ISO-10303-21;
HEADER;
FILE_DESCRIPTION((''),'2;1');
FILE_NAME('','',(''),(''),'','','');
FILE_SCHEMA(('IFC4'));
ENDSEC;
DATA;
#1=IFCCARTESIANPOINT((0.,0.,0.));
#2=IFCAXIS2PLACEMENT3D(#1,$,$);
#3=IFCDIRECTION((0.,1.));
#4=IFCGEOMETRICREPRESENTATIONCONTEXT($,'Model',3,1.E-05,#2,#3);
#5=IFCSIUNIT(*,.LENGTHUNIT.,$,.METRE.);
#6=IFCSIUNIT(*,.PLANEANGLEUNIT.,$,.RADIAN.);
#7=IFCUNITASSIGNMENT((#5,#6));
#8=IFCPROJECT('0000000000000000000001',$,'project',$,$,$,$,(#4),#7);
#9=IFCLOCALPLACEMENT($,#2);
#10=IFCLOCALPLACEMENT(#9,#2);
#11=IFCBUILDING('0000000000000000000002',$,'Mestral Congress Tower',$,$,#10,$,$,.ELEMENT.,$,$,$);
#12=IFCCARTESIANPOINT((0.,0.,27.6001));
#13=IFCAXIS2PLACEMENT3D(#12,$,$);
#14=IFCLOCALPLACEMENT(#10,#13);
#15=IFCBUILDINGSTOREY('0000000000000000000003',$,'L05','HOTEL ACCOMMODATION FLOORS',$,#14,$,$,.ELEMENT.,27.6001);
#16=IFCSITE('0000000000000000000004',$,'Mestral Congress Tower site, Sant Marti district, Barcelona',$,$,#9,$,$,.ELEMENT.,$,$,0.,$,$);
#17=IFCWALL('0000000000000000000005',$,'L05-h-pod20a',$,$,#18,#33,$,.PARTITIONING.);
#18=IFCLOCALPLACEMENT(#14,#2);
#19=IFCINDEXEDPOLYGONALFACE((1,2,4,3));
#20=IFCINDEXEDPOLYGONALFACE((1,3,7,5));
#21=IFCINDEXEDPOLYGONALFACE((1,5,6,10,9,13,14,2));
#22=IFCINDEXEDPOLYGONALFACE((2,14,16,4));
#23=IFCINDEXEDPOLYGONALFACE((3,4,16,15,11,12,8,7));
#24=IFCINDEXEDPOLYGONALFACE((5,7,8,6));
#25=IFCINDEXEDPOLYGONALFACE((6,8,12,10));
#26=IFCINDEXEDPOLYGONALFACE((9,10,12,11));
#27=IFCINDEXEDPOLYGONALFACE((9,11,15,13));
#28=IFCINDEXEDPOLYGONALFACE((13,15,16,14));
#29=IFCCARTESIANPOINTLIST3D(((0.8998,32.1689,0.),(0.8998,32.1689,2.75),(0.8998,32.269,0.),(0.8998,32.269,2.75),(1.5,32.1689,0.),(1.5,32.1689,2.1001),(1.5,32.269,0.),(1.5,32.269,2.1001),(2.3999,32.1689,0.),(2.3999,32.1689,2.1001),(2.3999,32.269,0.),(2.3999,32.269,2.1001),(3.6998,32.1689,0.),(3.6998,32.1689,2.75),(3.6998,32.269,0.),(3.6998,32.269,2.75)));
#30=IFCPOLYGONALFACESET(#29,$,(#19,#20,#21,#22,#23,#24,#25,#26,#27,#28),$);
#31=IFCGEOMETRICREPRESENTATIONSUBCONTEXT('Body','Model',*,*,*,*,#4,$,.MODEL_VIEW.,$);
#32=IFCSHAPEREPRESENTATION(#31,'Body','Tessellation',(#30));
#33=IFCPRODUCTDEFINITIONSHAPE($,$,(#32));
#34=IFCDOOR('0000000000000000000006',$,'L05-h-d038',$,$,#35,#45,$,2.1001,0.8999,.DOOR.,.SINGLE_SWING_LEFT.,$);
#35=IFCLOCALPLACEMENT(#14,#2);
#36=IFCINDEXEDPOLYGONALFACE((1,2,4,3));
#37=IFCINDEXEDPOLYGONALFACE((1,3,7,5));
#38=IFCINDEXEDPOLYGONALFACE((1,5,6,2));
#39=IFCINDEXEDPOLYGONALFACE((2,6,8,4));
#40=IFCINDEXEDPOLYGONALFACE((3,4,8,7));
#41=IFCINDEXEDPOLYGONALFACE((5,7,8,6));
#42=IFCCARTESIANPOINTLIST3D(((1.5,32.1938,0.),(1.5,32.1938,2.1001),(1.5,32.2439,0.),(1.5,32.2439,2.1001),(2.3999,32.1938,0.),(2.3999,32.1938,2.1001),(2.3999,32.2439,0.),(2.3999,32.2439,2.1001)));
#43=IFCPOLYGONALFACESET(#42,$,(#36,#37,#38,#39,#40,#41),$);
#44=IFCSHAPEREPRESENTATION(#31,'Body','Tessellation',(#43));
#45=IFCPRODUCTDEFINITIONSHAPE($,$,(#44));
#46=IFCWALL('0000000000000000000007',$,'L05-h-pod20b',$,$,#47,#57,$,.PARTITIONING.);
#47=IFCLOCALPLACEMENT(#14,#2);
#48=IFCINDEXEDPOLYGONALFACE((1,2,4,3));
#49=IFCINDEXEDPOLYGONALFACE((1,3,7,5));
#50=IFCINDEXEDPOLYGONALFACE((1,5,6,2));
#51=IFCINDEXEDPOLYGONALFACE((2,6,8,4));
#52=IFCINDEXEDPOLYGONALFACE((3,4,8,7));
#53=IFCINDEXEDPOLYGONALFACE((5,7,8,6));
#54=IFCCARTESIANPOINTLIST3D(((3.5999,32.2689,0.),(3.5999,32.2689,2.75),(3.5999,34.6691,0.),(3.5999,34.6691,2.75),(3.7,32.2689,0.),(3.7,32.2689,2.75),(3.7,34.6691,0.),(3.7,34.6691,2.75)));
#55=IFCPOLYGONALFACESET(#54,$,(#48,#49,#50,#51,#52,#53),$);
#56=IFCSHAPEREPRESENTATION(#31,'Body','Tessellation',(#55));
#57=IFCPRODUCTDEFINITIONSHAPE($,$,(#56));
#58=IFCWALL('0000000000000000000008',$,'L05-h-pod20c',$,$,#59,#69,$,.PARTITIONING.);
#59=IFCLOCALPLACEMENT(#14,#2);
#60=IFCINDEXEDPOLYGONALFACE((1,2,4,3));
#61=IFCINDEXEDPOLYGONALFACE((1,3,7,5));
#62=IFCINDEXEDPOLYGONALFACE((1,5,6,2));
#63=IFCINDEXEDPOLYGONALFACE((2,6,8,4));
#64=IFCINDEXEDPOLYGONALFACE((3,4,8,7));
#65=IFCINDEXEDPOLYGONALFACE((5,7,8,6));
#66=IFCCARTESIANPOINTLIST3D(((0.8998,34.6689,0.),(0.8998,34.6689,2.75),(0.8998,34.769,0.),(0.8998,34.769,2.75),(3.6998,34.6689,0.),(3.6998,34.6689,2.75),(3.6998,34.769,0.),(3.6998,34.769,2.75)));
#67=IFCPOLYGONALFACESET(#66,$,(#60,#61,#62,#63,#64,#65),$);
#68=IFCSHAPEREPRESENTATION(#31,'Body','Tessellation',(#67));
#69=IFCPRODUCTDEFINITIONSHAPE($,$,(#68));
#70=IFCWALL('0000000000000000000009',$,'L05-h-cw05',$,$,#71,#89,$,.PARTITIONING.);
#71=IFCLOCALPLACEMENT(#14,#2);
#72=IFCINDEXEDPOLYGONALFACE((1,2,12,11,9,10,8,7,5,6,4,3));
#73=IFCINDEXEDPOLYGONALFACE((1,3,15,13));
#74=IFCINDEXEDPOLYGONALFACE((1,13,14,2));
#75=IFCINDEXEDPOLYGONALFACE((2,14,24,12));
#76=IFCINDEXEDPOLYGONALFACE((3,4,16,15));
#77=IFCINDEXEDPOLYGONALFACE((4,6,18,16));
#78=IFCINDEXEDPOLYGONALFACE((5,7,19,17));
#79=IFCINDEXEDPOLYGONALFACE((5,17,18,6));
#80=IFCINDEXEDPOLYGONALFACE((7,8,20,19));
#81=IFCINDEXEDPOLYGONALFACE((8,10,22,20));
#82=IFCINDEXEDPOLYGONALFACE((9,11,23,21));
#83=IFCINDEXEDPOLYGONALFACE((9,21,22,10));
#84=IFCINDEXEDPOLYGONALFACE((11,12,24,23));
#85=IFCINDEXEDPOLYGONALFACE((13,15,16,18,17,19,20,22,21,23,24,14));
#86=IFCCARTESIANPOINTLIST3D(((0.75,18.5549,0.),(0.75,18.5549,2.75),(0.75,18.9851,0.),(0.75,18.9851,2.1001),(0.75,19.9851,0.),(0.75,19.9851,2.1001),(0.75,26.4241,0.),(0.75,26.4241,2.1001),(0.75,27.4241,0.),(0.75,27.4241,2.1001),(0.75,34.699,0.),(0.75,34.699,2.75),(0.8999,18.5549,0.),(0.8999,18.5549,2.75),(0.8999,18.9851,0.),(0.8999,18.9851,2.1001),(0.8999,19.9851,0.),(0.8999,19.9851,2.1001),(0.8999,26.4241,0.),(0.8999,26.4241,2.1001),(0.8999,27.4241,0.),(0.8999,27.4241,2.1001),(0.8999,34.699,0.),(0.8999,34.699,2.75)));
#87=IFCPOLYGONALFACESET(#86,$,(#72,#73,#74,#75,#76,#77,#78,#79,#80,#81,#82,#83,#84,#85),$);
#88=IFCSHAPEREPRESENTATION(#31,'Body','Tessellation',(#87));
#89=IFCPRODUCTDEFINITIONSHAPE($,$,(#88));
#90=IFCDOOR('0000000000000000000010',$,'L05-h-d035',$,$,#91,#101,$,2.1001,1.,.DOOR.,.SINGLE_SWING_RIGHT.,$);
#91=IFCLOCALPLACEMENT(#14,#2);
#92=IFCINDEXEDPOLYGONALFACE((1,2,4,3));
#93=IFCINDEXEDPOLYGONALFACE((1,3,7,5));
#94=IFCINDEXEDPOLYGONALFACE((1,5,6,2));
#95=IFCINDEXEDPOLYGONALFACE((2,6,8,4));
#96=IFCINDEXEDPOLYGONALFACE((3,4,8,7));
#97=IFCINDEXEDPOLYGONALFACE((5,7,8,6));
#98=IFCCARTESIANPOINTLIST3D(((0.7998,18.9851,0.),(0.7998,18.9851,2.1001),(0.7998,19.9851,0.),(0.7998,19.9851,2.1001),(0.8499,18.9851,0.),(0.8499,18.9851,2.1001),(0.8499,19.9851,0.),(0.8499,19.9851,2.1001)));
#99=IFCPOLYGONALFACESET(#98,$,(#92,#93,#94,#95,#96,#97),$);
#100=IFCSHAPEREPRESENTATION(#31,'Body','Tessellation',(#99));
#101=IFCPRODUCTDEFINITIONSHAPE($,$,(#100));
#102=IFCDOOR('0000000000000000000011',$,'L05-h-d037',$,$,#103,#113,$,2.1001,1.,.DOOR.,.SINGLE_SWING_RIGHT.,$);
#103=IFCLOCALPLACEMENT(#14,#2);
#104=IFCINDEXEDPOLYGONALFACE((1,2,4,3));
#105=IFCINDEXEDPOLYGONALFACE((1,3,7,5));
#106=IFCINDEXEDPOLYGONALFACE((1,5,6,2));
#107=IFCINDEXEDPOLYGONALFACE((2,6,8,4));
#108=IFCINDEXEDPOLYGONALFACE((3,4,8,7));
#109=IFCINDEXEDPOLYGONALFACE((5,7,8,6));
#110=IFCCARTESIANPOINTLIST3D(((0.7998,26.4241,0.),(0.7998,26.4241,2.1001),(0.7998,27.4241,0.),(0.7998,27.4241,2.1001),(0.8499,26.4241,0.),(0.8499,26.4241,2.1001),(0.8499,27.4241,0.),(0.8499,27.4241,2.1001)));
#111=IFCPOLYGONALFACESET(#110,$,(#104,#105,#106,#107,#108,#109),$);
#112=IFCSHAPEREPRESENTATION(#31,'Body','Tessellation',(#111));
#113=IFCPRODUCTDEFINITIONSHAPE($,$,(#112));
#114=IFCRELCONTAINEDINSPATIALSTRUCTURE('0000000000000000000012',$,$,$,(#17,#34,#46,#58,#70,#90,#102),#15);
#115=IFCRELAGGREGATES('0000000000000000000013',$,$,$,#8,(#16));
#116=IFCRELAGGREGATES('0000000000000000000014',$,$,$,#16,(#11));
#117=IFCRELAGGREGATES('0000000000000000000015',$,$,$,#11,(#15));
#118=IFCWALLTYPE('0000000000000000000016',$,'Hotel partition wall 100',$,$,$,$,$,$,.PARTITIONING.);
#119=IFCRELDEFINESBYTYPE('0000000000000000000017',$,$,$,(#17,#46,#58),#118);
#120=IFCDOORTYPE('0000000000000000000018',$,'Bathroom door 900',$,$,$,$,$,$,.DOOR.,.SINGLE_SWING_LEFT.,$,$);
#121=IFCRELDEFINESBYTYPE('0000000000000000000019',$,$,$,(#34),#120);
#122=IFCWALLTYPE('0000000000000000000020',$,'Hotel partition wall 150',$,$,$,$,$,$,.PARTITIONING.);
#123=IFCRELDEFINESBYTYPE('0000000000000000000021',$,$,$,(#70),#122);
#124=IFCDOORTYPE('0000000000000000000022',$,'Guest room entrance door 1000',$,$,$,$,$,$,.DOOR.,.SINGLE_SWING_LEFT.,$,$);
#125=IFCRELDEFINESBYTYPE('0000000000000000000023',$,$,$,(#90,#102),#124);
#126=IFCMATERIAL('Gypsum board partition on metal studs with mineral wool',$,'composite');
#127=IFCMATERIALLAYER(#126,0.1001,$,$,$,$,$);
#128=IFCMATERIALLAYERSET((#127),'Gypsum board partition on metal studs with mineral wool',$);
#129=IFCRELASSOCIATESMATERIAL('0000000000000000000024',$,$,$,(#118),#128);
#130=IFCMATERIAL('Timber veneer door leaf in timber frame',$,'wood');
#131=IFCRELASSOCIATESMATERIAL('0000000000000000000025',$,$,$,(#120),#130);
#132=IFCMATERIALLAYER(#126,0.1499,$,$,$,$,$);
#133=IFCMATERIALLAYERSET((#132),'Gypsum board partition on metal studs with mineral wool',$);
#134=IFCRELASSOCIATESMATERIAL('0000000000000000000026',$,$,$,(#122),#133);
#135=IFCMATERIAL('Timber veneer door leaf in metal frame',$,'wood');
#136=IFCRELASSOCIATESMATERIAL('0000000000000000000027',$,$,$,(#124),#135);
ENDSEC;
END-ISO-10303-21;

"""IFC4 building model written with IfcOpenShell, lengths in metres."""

from ifc_helpers import new_model, si_unit, direction, frame, frame_2d, origin, place, context, subcontext, project, spatial, rectangle, extrude, material, layer, layer_set, type_object, element, fill, save


model = new_model("IFC4")

# Units and contexts
model_context = context("Model", 3, precision=1e-05, world=origin(), true_north=direction((0.0, 1.0)))
body_context = subcontext(model_context, "Body", "Model", "MODEL_VIEW")
ifc_project = project(units=[si_unit("LENGTHUNIT", "METRE"), si_unit("PLANEANGLEUNIT", "RADIAN")], contexts=[model_context])

# Site, building, storey
site_placement = place(None, origin())
site = spatial("IfcSite", under=ifc_project, at=site_placement, Name="Mestral Congress Tower site, Sant Marti district, Barcelona", CompositionType="ELEMENT", RefElevation=0.0)
building_placement = place(site_placement, origin())
building = spatial("IfcBuilding", under=site, at=building_placement, Name="Mestral Congress Tower", CompositionType="ELEMENT")
storey_placement = place(building_placement, frame((0.0, 0.0, 27.6001)))
storey = spatial("IfcBuildingStorey", under=building, at=storey_placement, Name="L05", Description="HOTEL ACCOMMODATION FLOORS", CompositionType="ELEMENT", Elevation=27.6001)

# Wall, opening, door
ifc_material_1 = material(Name="Gypsum board partition on metal studs with mineral wool", Category="composite")
ifc_layer_1 = layer(ifc_material_1, 0.1001)
ifc_layer_set_1 = layer_set([ifc_layer_1], Name="Gypsum board partition on metal studs with mineral wool")
wall_type_1 = type_object("IfcWallType", Name="Hotel partition wall 100", PredefinedType="PARTITIONING", material=ifc_layer_set_1)
wall_1_placement = place(storey_placement, frame((0.8999, 32.219, 0.0), z_axis=(0.0, 0.0, 1.0), x_axis=(1.0, 0.0, 0.0)))
wall_1 = element("IfcWall", 1, at=wall_1_placement, inside=storey, type_object=wall_type_1, Name="L05-h-pod20a", PredefinedType="PARTITIONING", context=body_context, shape_type="SweptSolid", body=[
    extrude(rectangle(XDim=2.8, YDim=0.1001, at=frame_2d((1.3999, 0.0))), origin(), (0.0, 0.0, 1.0), 2.75),
])
opening_1_placement = place(wall_1_placement, frame((0.6001, 0.0, 0.0)))
opening_1 = element("IfcOpeningElement", 2, at=opening_1_placement, cuts=wall_1, PredefinedType="OPENING", context=body_context, shape_type="SweptSolid", body=[
    extrude(rectangle(XDim=0.8999, YDim=2.1001, at=frame_2d((0.45, 1.05))), frame((0.0, 0.0601, 0.0), z_axis=(0.0, -1.0, 0.0), x_axis=(1.0, 0.0, 0.0)), (0.0, 0.0, 1.0), 0.1201),
])
ifc_material_2 = material(Name="Timber veneer door leaf in timber frame", Category="wood")
door_type_1 = type_object("IfcDoorType", Name="Bathroom door 900", OperationType="SINGLE_SWING_LEFT", PredefinedType="DOOR", material=ifc_material_2)
door_1_placement = place(opening_1_placement, origin())
door_1 = element("IfcDoor", 3, at=door_1_placement, inside=storey, type_object=door_type_1, Name="L05-h-d038", OperationType="SINGLE_SWING_LEFT", OverallHeight=2.1001, OverallWidth=0.8999, PredefinedType="DOOR", context=body_context, shape_type="SweptSolid", body=[
    extrude(rectangle(XDim=0.8999, YDim=2.1001, at=frame_2d((0.45, 1.05))), frame((0.0, 0.0249, 0.0), z_axis=(0.0, -1.0, 0.0), x_axis=(1.0, 0.0, 0.0)), (0.0, 0.0, 1.0), 0.05),
])
fill(opening_1, door_1)

# Walls
wall_2_placement = place(storey_placement, frame((3.6499, 32.2688, 0.0), z_axis=(0.0, 0.0, 1.0), x_axis=(0.0, 1.0, 0.0)))
element("IfcWall", 4, at=wall_2_placement, inside=storey, type_object=wall_type_1, Name="L05-h-pod20b", PredefinedType="PARTITIONING", context=body_context, shape_type="SweptSolid", body=[
    extrude(rectangle(XDim=2.4001, YDim=0.1001, at=frame_2d((1.2002, 0.0))), origin(), (0.0, 0.0, 1.0), 2.75),
])
wall_3_placement = place(storey_placement, frame((0.8999, 34.719, 0.0), z_axis=(0.0, 0.0, 1.0), x_axis=(1.0, 0.0, 0.0)))
element("IfcWall", 5, at=wall_3_placement, inside=storey, type_object=wall_type_1, Name="L05-h-pod20c", PredefinedType="PARTITIONING", context=body_context, shape_type="SweptSolid", body=[
    extrude(rectangle(XDim=2.8, YDim=0.1001, at=frame_2d((1.3999, 0.0))), origin(), (0.0, 0.0, 1.0), 2.75),
])

# Wall, openings, doors
ifc_layer_2 = layer(ifc_material_1, 0.1499)
ifc_layer_set_2 = layer_set([ifc_layer_2], Name="Gypsum board partition on metal studs with mineral wool")
wall_type_2 = type_object("IfcWallType", Name="Hotel partition wall 150", PredefinedType="PARTITIONING", material=ifc_layer_set_2)
wall_4_placement = place(storey_placement, frame((0.825, 34.699, 0.0), z_axis=(0.0, 0.0, 1.0), x_axis=(0.0, -1.0, 0.0)))
wall_4 = element("IfcWall", 6, at=wall_4_placement, inside=storey, type_object=wall_type_2, Name="L05-h-cw05", PredefinedType="PARTITIONING", context=body_context, shape_type="SweptSolid", body=[
    extrude(rectangle(XDim=16.144, YDim=0.1499, at=frame_2d((8.072, 0.0))), origin(), (0.0, 0.0, 1.0), 2.75),
])
opening_2_placement = place(wall_4_placement, frame((14.7139, 0.0, 0.0)))
opening_2 = element("IfcOpeningElement", 7, at=opening_2_placement, cuts=wall_4, PredefinedType="OPENING", context=body_context, shape_type="SweptSolid", body=[
    extrude(rectangle(XDim=1.0, YDim=2.1001, at=frame_2d((0.5, 1.05))), frame((0.0, 0.085, 0.0), z_axis=(0.0, -1.0, 0.0), x_axis=(1.0, 0.0, 0.0)), (0.0, 0.0, 1.0), 0.1699),
])
opening_3_placement = place(wall_4_placement, frame((7.2749, 0.0, 0.0)))
opening_3 = element("IfcOpeningElement", 8, at=opening_3_placement, cuts=wall_4, PredefinedType="OPENING", context=body_context, shape_type="SweptSolid", body=[
    extrude(rectangle(XDim=1.0, YDim=2.1001, at=frame_2d((0.5, 1.05))), frame((0.0, 0.085, 0.0), z_axis=(0.0, -1.0, 0.0), x_axis=(1.0, 0.0, 0.0)), (0.0, 0.0, 1.0), 0.1699),
])
ifc_material_3 = material(Name="Timber veneer door leaf in metal frame", Category="wood")
door_type_2 = type_object("IfcDoorType", Name="Guest room entrance door 1000", OperationType="SINGLE_SWING_LEFT", PredefinedType="DOOR", material=ifc_material_3)
door_2_placement = place(opening_2_placement, origin())
door_2 = element("IfcDoor", 9, at=door_2_placement, inside=storey, type_object=door_type_2, Name="L05-h-d035", OperationType="SINGLE_SWING_RIGHT", OverallHeight=2.1001, OverallWidth=1.0, PredefinedType="DOOR", context=body_context, shape_type="SweptSolid", body=[
    extrude(rectangle(XDim=1.0, YDim=2.1001, at=frame_2d((0.5, 1.05))), frame((0.0, 0.0249, 0.0), z_axis=(0.0, -1.0, 0.0), x_axis=(1.0, 0.0, 0.0)), (0.0, 0.0, 1.0), 0.05),
])
fill(opening_2, door_2)
door_3_placement = place(opening_3_placement, origin())
door_3 = element("IfcDoor", 10, at=door_3_placement, inside=storey, type_object=door_type_2, Name="L05-h-d037", OperationType="SINGLE_SWING_RIGHT", OverallHeight=2.1001, OverallWidth=1.0, PredefinedType="DOOR", context=body_context, shape_type="SweptSolid", body=[
    extrude(rectangle(XDim=1.0, YDim=2.1001, at=frame_2d((0.5, 1.05))), frame((0.0, 0.0249, 0.0), z_axis=(0.0, -1.0, 0.0), x_axis=(1.0, 0.0, 0.0)), (0.0, 0.0, 1.0), 0.05),
])
fill(opening_3, door_3)

save(model, "model.ifc")
